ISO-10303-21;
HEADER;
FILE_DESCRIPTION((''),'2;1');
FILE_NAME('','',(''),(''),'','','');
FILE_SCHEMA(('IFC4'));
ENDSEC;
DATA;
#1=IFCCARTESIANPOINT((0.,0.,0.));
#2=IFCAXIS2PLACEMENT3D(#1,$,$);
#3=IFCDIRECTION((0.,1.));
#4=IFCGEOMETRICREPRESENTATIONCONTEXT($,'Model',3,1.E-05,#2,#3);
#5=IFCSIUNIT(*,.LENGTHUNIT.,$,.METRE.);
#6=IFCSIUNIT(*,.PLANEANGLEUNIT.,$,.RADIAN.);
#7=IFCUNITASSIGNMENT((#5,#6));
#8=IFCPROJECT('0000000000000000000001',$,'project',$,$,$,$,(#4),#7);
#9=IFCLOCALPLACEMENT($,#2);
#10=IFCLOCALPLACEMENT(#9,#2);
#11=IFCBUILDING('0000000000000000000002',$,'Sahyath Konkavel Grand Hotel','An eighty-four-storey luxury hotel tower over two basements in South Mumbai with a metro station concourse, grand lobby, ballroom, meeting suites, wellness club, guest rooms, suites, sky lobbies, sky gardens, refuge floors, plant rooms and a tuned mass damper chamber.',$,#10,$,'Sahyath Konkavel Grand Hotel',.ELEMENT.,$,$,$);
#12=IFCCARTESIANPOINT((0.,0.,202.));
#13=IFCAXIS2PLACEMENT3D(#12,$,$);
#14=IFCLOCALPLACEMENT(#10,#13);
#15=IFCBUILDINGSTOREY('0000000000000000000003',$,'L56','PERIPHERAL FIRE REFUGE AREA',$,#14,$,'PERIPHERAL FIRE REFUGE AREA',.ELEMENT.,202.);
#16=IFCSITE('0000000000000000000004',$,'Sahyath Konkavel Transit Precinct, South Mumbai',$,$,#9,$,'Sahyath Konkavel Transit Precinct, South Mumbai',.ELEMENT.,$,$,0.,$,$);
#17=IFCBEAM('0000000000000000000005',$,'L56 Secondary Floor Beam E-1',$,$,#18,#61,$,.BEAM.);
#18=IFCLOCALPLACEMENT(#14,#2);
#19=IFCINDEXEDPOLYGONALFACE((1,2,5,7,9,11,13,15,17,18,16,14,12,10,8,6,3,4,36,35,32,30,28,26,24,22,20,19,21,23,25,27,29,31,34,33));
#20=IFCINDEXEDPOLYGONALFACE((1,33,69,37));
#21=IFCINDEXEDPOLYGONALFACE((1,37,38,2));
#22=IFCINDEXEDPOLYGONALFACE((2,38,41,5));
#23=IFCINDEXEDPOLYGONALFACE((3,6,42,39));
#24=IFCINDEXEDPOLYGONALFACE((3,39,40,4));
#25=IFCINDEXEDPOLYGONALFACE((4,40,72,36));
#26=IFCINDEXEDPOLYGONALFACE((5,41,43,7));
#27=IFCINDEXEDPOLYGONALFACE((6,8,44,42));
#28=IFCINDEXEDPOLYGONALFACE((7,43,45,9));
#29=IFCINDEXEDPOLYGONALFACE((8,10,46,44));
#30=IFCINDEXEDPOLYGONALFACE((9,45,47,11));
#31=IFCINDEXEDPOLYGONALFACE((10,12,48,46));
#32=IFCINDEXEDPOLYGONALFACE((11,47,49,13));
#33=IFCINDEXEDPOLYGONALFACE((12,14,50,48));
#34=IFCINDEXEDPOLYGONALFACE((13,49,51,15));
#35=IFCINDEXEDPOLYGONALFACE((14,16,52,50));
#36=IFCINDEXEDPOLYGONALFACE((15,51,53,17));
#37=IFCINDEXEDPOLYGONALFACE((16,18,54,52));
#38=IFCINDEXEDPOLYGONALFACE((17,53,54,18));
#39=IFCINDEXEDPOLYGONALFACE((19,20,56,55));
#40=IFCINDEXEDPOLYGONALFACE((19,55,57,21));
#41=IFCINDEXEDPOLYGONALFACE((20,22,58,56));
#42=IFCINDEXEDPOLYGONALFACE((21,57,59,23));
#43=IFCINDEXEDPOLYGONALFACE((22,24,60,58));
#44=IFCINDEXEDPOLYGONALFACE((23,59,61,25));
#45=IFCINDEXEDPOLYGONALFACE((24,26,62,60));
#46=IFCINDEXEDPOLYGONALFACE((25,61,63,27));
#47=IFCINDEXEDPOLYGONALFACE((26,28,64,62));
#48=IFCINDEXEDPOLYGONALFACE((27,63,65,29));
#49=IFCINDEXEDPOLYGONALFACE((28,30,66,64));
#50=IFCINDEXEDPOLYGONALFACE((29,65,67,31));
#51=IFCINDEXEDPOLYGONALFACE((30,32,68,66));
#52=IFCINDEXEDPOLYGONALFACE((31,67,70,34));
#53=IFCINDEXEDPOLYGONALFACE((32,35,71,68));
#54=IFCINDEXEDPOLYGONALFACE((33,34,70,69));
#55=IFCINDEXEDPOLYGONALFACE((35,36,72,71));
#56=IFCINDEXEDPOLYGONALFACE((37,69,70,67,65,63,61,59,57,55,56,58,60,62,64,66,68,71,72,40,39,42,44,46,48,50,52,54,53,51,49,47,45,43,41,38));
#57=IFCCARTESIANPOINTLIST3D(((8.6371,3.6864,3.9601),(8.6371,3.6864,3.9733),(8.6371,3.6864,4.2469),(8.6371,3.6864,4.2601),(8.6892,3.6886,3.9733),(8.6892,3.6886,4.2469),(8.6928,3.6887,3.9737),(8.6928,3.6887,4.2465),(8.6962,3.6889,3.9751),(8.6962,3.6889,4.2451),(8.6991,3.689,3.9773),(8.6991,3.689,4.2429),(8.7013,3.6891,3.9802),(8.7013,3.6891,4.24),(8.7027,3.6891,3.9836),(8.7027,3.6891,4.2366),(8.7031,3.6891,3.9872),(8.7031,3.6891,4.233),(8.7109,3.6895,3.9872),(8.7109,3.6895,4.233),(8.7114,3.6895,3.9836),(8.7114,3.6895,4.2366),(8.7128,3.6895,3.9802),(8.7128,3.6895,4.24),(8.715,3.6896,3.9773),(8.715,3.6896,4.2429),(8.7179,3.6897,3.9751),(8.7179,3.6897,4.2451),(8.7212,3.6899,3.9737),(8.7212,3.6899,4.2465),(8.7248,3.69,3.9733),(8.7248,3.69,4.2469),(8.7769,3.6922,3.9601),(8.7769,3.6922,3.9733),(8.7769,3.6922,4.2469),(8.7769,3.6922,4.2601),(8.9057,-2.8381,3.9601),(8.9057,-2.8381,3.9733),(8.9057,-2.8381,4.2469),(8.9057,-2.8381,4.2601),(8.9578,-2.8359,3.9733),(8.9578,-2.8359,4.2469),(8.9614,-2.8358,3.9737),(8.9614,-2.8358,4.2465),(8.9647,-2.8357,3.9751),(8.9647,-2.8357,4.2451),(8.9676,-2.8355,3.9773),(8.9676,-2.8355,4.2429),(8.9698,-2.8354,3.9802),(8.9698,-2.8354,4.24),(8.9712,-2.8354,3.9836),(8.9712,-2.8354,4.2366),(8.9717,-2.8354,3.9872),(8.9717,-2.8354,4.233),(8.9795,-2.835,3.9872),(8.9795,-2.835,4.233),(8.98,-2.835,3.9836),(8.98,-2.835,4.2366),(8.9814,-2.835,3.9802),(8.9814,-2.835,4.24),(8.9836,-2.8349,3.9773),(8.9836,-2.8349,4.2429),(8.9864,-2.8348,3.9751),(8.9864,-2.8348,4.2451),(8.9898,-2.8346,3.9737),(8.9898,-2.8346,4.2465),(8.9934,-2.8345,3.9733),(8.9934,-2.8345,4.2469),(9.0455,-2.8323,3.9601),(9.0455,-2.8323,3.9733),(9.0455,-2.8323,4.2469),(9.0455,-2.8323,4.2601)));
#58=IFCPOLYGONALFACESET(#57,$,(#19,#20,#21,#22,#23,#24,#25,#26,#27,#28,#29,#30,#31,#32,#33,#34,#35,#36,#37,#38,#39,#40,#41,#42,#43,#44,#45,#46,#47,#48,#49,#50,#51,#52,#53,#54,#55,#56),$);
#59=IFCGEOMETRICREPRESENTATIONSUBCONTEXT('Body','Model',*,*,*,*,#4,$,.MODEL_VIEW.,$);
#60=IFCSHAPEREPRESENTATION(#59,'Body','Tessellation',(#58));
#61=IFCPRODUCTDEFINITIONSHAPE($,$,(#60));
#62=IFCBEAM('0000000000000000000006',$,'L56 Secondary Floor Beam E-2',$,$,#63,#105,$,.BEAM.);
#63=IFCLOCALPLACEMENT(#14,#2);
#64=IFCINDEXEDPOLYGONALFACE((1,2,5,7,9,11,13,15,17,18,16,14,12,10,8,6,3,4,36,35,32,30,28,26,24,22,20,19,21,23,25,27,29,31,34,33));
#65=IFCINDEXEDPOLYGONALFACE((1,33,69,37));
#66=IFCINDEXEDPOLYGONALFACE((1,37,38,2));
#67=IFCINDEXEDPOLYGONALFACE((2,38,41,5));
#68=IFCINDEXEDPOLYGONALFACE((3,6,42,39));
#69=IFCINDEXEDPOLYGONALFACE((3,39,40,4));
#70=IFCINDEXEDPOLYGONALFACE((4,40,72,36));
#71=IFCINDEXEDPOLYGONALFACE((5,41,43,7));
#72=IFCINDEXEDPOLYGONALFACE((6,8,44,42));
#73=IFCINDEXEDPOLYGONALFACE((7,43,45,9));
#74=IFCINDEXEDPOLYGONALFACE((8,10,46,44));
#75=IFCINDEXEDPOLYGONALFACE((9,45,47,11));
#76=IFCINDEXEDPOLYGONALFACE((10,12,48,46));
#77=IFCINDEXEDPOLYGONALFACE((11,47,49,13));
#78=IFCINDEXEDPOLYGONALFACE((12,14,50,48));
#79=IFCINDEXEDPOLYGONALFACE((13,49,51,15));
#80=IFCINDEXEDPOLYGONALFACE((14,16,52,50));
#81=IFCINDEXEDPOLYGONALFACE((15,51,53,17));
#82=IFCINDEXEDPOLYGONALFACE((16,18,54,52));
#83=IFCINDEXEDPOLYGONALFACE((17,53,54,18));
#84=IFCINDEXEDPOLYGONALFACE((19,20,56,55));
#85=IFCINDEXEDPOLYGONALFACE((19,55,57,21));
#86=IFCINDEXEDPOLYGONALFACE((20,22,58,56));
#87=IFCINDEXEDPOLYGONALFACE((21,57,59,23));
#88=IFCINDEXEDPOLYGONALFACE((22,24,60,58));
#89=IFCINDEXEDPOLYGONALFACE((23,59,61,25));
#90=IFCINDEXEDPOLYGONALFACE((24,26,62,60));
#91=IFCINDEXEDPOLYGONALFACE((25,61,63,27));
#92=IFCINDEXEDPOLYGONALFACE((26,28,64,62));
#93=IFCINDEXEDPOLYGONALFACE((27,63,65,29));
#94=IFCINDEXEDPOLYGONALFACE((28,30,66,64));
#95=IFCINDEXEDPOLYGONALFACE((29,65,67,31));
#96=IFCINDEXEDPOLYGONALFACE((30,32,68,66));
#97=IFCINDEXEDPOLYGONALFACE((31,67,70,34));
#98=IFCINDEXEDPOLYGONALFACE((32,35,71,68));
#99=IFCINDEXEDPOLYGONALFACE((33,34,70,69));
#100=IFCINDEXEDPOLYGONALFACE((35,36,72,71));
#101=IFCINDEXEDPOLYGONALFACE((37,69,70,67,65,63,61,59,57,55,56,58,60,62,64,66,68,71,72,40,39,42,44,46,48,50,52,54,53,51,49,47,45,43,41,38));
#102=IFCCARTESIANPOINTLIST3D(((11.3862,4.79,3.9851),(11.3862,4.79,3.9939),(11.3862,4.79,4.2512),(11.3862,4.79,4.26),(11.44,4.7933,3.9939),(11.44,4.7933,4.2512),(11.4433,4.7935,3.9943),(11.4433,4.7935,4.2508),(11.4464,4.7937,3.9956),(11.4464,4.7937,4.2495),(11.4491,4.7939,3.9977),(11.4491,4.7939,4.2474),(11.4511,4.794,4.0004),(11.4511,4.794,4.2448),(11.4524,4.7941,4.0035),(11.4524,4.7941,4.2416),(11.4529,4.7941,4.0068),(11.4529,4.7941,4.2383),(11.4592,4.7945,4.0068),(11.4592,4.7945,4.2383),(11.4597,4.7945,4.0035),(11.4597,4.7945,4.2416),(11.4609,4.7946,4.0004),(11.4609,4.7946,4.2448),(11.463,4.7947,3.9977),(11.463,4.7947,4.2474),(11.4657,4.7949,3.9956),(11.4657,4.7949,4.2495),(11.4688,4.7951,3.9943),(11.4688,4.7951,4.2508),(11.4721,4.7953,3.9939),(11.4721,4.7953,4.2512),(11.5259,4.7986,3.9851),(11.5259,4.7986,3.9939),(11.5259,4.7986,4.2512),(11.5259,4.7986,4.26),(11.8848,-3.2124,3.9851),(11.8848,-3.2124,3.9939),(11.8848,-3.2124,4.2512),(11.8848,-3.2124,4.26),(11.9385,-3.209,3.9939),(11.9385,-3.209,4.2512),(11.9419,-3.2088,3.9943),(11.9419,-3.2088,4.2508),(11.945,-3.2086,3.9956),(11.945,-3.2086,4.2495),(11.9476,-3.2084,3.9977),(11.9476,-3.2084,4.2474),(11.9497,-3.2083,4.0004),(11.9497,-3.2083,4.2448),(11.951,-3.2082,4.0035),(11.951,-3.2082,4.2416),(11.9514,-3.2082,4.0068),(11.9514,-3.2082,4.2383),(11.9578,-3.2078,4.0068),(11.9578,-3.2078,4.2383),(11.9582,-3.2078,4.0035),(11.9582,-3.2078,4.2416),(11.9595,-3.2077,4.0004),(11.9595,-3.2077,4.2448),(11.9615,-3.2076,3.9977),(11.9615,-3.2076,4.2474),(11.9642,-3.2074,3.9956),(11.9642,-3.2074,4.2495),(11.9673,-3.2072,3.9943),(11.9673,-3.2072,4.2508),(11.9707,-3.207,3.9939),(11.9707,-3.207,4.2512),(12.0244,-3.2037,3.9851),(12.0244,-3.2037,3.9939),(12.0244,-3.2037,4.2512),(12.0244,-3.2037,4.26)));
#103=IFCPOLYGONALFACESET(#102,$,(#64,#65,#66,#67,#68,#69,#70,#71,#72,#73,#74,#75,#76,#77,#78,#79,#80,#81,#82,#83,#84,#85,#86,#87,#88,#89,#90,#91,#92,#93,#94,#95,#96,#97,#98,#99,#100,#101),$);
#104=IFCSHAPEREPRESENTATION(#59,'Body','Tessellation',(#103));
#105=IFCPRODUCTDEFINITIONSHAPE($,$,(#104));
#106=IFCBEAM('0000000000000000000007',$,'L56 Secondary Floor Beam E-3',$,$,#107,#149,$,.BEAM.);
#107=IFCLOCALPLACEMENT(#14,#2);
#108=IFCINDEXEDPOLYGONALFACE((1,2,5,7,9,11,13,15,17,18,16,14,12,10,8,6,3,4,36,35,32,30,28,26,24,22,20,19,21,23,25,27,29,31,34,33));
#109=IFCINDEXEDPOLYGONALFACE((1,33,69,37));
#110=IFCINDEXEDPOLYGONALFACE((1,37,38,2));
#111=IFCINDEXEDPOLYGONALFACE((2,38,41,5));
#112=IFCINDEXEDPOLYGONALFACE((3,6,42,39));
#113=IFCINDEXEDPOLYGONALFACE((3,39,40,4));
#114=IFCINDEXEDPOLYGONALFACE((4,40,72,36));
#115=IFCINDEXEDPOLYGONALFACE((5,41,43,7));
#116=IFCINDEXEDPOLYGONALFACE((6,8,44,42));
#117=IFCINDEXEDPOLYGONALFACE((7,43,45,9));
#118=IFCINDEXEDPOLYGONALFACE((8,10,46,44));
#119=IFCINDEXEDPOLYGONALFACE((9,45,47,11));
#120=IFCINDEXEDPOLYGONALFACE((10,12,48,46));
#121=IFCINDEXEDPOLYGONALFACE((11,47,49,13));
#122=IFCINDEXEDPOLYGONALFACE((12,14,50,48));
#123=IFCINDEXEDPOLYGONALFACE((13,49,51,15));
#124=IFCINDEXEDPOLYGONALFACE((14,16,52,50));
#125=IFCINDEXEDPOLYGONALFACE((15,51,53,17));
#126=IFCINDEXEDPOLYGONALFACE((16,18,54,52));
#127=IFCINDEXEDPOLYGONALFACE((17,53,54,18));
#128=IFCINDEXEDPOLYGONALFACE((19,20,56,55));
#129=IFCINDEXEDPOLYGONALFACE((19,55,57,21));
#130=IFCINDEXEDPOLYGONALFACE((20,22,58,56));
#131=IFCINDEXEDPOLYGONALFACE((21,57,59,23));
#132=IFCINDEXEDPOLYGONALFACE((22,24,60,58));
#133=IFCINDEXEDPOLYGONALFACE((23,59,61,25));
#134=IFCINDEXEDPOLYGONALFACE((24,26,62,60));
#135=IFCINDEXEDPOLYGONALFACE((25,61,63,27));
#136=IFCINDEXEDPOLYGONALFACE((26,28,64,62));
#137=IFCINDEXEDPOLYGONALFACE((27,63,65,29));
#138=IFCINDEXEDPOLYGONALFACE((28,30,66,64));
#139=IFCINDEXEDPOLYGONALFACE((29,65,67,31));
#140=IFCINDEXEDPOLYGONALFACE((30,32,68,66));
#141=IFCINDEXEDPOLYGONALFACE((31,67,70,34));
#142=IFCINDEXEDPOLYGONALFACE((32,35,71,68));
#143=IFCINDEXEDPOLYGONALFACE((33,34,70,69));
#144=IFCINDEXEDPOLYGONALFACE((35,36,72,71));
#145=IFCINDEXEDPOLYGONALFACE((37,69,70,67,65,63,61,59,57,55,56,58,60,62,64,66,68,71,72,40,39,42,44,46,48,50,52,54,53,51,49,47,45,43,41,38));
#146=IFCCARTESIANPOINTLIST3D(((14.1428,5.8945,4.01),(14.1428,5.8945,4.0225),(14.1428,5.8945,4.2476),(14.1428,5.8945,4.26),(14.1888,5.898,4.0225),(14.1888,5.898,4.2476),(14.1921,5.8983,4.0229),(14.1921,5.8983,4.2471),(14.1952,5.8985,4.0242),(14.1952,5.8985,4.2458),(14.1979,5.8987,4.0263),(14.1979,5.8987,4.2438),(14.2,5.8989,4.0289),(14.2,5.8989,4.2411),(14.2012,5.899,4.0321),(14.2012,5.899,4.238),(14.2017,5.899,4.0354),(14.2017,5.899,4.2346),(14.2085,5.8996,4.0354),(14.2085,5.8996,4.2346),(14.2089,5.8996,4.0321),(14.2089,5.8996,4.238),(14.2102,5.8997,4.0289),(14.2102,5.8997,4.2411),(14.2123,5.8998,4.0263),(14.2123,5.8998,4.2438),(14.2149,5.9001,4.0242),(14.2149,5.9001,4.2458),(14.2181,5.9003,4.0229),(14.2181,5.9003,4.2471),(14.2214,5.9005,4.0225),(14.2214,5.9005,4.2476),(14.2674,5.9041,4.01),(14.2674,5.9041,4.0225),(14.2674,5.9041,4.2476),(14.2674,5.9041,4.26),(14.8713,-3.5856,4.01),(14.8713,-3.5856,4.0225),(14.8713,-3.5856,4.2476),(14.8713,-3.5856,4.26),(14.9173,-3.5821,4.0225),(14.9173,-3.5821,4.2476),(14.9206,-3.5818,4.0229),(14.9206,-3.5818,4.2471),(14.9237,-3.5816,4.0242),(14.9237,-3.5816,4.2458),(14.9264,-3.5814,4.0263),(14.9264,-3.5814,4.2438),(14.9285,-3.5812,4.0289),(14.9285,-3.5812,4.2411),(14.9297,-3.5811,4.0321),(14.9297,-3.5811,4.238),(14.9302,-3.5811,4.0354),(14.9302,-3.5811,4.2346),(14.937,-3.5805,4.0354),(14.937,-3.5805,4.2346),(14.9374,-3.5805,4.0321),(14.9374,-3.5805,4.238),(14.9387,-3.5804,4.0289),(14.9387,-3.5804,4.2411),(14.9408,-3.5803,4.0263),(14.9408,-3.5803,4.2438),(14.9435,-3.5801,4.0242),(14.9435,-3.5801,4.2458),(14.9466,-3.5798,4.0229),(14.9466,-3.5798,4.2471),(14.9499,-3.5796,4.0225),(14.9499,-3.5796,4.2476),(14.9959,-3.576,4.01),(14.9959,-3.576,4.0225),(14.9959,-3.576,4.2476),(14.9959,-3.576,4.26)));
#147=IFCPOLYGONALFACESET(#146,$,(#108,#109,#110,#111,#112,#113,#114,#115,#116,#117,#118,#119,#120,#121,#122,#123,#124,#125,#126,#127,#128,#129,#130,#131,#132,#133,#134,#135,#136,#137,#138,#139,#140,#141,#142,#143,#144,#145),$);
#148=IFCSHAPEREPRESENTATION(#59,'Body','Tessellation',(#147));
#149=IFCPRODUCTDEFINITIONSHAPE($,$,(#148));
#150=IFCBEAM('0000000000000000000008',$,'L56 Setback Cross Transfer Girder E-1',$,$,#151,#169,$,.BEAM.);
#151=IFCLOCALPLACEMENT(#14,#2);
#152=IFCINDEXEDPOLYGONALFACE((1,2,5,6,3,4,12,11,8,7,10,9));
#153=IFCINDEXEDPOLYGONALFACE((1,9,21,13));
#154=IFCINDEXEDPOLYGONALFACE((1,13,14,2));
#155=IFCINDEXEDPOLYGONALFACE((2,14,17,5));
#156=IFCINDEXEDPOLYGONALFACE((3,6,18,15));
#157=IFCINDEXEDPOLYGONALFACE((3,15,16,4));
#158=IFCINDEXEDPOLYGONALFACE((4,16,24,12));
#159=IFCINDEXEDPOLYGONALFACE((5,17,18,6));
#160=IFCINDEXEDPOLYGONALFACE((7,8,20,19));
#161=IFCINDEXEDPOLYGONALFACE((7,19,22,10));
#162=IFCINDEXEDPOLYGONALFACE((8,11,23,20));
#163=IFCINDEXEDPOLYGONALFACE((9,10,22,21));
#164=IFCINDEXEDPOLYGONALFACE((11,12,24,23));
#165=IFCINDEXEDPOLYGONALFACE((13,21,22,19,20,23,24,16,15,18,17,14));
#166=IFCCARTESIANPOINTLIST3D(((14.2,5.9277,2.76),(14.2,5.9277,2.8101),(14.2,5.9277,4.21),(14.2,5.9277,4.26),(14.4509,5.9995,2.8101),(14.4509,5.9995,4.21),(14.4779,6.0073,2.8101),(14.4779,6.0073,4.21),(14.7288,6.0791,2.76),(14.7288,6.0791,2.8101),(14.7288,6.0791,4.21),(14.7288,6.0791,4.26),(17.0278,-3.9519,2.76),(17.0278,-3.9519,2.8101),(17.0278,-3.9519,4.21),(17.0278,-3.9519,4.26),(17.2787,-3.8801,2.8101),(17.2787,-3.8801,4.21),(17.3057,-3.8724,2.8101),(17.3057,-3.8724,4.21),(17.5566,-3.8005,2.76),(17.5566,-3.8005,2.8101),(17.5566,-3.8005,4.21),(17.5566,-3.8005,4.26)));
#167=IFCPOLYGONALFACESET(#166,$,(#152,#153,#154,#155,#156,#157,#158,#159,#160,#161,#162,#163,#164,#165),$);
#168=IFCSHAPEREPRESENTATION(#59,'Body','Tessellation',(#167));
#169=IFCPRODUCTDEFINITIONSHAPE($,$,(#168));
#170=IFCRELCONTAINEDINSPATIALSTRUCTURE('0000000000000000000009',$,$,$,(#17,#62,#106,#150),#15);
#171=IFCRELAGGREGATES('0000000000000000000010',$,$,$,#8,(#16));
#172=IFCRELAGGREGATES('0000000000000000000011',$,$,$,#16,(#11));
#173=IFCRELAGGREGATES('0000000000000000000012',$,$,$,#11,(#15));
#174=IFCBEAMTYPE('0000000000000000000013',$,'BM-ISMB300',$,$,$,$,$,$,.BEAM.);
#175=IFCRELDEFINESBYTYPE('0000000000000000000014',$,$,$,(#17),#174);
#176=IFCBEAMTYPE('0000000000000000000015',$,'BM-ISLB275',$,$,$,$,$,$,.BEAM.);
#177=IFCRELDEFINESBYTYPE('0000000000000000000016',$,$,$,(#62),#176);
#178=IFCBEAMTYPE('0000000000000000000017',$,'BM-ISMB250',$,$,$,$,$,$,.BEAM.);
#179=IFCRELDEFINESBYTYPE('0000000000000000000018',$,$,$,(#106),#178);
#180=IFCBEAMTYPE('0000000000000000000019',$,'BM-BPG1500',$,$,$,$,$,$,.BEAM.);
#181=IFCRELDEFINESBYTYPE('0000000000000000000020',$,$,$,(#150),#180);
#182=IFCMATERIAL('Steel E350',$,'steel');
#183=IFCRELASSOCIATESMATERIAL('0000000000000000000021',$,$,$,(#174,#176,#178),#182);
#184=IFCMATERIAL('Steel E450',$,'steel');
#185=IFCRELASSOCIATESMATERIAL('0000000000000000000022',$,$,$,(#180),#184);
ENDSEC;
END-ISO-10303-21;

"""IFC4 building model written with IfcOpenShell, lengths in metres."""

from ifc_helpers import new_model, si_unit, direction, frame, origin, origin_2d, place, context, subcontext, project, spatial, i_section, extrude, source, transform, mapped, material, material_profile, profile_set, type_object, element, save


model = new_model("IFC4")

# Units and contexts
model_context = context("Model", 3, precision=1e-05, world=origin(), true_north=direction((0.0, 1.0)))
body_context = subcontext(model_context, "Body", "Model", "MODEL_VIEW")
ifc_project = project(units=[si_unit("LENGTHUNIT", "METRE"), si_unit("PLANEANGLEUNIT", "RADIAN")], contexts=[model_context])

# Site, building, storey
site_placement = place(None, origin())
site = spatial("IfcSite", under=ifc_project, at=site_placement, Name="Sahyath Konkavel Transit Precinct, South Mumbai", LongName="Sahyath Konkavel Transit Precinct, South Mumbai", CompositionType="ELEMENT", RefElevation=0.0)
building_placement = place(site_placement, origin())
building = spatial("IfcBuilding", under=site, at=building_placement, Name="Sahyath Konkavel Grand Hotel", Description="An eighty-four-storey luxury hotel tower over two basements in South Mumbai with a metro station concourse, grand lobby, ballroom, meeting suites, wellness club, guest rooms, suites, sky lobbies, sky gardens, refuge floors, plant rooms and a tuned mass damper chamber.", LongName="Sahyath Konkavel Grand Hotel", CompositionType="ELEMENT")
storey_placement = place(building_placement, frame((0.0, 0.0, 202.0)))
storey = spatial("IfcBuildingStorey", under=building, at=storey_placement, Name="L56", Description="PERIPHERAL FIRE REFUGE AREA", LongName="PERIPHERAL FIRE REFUGE AREA", CompositionType="ELEMENT", Elevation=202.0)

# Beams
ifc_material_1 = material(Name="Steel E350", Category="steel")
ifc_material_profile_1 = material_profile(ifc_material_1, i_section(OverallWidth=0.1399, OverallDepth=0.3, WebThickness=0.0078, FlangeThickness=0.0132, FilletRadius=0.0139, at=origin_2d()), Name="ISMB 300")
ifc_profile_set_1 = profile_set([ifc_material_profile_1], Name="Steel E350")
beam_type_1 = type_object("IfcBeamType", Name="BM-ISMB300", PredefinedType="BEAM", material=ifc_profile_set_1)
shared_shape_1 = source(origin(), body_context, "Body", "SweptSolid", [
    extrude(i_section(OverallWidth=0.1399, OverallDepth=0.3, WebThickness=0.0078, FlangeThickness=0.0132, FilletRadius=0.0139, at=origin_2d()), origin(), (0.0, 0.0, 1.0), 6.53),
])
beam_1_placement = place(storey_placement, frame((8.9756, -2.8352, 4.1101), z_axis=(-0.041127, 0.999154, 0.0), x_axis=(-0.999154, -0.041127, 0.0)))
element("IfcBeam", 1, at=beam_1_placement, inside=storey, type_object=beam_type_1, Name="L56 Secondary Floor Beam E-1", PredefinedType="BEAM", context=body_context, shape_type="MappedRepresentation", body=[
    mapped(shared_shape_1, transform((0.0, 0.0, 0.0), scale=1.0)),
])
ifc_material_profile_2 = material_profile(ifc_material_1, i_section(OverallWidth=0.1399, OverallDepth=0.2749, WebThickness=0.0063, FlangeThickness=0.0088, FilletRadius=0.0129, at=origin_2d()), Name="ISLB 275")
ifc_profile_set_2 = profile_set([ifc_material_profile_2], Name="Steel E350")
beam_type_2 = type_object("IfcBeamType", Name="BM-ISLB275", PredefinedType="BEAM", material=ifc_profile_set_2)
shared_shape_2 = source(origin(), body_context, "Body", "SweptSolid", [
    extrude(i_section(OverallWidth=0.1399, OverallDepth=0.2749, WebThickness=0.0063, FlangeThickness=0.0088, FilletRadius=0.0129, at=origin_2d()), origin(), (0.0, 0.0, 1.0), 8.0178),
])
beam_2_placement = place(storey_placement, frame((11.9546, -3.208, 4.1226), z_axis=(-0.062179, 0.998065, 0.0), x_axis=(-0.998065, -0.062179, 0.0)))
element("IfcBeam", 2, at=beam_2_placement, inside=storey, type_object=beam_type_2, Name="L56 Secondary Floor Beam E-2", PredefinedType="BEAM", context=body_context, shape_type="MappedRepresentation", body=[
    mapped(shared_shape_2, transform((0.0, 0.0, 0.0), scale=1.0)),
])
ifc_material_profile_3 = material_profile(ifc_material_1, i_section(OverallWidth=0.125, OverallDepth=0.25, WebThickness=0.0068, FlangeThickness=0.0125, FilletRadius=0.0129, at=origin_2d()), Name="ISMB 250")
ifc_profile_set_3 = profile_set([ifc_material_profile_3], Name="Steel E350")
beam_type_3 = type_object("IfcBeamType", Name="BM-ISMB250", PredefinedType="BEAM", material=ifc_profile_set_3)
shared_shape_3 = source(origin(), body_context, "Body", "SweptSolid", [
    extrude(i_section(OverallWidth=0.125, OverallDepth=0.25, WebThickness=0.0068, FlangeThickness=0.0125, FilletRadius=0.0129, at=origin_2d()), origin(), (0.0, 0.0, 1.0), 9.5081),
])
beam_3_placement = place(storey_placement, frame((14.9336, -3.5808, 4.135), z_axis=(-0.07662, 0.99706, 0.0), x_axis=(-0.99706, -0.07662, 0.0)))
element("IfcBeam", 3, at=beam_3_placement, inside=storey, type_object=beam_type_3, Name="L56 Secondary Floor Beam E-3", PredefinedType="BEAM", context=body_context, shape_type="MappedRepresentation", body=[
    mapped(shared_shape_3, transform((0.0, 0.0, 0.0), scale=1.0)),
])
ifc_material_2 = material(Name="Steel E450", Category="steel")
ifc_material_profile_4 = material_profile(ifc_material_2, i_section(OverallWidth=0.55, OverallDepth=1.5, WebThickness=0.0281, FlangeThickness=0.05, at=origin_2d()), Name="BPG 1500x550")
ifc_profile_set_4 = profile_set([ifc_material_profile_4], Name="Steel E450")
beam_type_4 = type_object("IfcBeamType", Name="BM-BPG1500", PredefinedType="BEAM", material=ifc_profile_set_4)
shared_shape_4 = source(origin(), body_context, "Body", "SweptSolid", [
    extrude(i_section(OverallWidth=0.55, OverallDepth=1.5, WebThickness=0.0281, FlangeThickness=0.05, at=origin_2d()), origin(), (0.0, 0.0, 1.0), 10.2764),
])
beam_4_placement = place(storey_placement, frame((17.2922, -3.8762, 3.51), z_axis=(-0.275182, 0.961392, 0.0), x_axis=(-0.961392, -0.275182, 0.0)))
element("IfcBeam", 4, at=beam_4_placement, inside=storey, type_object=beam_type_4, Name="L56 Setback Cross Transfer Girder E-1", PredefinedType="BEAM", context=body_context, shape_type="MappedRepresentation", body=[
    mapped(shared_shape_4, transform((0.0, 0.0, 0.0), scale=1.0)),
])

save(model, "model.ifc")
